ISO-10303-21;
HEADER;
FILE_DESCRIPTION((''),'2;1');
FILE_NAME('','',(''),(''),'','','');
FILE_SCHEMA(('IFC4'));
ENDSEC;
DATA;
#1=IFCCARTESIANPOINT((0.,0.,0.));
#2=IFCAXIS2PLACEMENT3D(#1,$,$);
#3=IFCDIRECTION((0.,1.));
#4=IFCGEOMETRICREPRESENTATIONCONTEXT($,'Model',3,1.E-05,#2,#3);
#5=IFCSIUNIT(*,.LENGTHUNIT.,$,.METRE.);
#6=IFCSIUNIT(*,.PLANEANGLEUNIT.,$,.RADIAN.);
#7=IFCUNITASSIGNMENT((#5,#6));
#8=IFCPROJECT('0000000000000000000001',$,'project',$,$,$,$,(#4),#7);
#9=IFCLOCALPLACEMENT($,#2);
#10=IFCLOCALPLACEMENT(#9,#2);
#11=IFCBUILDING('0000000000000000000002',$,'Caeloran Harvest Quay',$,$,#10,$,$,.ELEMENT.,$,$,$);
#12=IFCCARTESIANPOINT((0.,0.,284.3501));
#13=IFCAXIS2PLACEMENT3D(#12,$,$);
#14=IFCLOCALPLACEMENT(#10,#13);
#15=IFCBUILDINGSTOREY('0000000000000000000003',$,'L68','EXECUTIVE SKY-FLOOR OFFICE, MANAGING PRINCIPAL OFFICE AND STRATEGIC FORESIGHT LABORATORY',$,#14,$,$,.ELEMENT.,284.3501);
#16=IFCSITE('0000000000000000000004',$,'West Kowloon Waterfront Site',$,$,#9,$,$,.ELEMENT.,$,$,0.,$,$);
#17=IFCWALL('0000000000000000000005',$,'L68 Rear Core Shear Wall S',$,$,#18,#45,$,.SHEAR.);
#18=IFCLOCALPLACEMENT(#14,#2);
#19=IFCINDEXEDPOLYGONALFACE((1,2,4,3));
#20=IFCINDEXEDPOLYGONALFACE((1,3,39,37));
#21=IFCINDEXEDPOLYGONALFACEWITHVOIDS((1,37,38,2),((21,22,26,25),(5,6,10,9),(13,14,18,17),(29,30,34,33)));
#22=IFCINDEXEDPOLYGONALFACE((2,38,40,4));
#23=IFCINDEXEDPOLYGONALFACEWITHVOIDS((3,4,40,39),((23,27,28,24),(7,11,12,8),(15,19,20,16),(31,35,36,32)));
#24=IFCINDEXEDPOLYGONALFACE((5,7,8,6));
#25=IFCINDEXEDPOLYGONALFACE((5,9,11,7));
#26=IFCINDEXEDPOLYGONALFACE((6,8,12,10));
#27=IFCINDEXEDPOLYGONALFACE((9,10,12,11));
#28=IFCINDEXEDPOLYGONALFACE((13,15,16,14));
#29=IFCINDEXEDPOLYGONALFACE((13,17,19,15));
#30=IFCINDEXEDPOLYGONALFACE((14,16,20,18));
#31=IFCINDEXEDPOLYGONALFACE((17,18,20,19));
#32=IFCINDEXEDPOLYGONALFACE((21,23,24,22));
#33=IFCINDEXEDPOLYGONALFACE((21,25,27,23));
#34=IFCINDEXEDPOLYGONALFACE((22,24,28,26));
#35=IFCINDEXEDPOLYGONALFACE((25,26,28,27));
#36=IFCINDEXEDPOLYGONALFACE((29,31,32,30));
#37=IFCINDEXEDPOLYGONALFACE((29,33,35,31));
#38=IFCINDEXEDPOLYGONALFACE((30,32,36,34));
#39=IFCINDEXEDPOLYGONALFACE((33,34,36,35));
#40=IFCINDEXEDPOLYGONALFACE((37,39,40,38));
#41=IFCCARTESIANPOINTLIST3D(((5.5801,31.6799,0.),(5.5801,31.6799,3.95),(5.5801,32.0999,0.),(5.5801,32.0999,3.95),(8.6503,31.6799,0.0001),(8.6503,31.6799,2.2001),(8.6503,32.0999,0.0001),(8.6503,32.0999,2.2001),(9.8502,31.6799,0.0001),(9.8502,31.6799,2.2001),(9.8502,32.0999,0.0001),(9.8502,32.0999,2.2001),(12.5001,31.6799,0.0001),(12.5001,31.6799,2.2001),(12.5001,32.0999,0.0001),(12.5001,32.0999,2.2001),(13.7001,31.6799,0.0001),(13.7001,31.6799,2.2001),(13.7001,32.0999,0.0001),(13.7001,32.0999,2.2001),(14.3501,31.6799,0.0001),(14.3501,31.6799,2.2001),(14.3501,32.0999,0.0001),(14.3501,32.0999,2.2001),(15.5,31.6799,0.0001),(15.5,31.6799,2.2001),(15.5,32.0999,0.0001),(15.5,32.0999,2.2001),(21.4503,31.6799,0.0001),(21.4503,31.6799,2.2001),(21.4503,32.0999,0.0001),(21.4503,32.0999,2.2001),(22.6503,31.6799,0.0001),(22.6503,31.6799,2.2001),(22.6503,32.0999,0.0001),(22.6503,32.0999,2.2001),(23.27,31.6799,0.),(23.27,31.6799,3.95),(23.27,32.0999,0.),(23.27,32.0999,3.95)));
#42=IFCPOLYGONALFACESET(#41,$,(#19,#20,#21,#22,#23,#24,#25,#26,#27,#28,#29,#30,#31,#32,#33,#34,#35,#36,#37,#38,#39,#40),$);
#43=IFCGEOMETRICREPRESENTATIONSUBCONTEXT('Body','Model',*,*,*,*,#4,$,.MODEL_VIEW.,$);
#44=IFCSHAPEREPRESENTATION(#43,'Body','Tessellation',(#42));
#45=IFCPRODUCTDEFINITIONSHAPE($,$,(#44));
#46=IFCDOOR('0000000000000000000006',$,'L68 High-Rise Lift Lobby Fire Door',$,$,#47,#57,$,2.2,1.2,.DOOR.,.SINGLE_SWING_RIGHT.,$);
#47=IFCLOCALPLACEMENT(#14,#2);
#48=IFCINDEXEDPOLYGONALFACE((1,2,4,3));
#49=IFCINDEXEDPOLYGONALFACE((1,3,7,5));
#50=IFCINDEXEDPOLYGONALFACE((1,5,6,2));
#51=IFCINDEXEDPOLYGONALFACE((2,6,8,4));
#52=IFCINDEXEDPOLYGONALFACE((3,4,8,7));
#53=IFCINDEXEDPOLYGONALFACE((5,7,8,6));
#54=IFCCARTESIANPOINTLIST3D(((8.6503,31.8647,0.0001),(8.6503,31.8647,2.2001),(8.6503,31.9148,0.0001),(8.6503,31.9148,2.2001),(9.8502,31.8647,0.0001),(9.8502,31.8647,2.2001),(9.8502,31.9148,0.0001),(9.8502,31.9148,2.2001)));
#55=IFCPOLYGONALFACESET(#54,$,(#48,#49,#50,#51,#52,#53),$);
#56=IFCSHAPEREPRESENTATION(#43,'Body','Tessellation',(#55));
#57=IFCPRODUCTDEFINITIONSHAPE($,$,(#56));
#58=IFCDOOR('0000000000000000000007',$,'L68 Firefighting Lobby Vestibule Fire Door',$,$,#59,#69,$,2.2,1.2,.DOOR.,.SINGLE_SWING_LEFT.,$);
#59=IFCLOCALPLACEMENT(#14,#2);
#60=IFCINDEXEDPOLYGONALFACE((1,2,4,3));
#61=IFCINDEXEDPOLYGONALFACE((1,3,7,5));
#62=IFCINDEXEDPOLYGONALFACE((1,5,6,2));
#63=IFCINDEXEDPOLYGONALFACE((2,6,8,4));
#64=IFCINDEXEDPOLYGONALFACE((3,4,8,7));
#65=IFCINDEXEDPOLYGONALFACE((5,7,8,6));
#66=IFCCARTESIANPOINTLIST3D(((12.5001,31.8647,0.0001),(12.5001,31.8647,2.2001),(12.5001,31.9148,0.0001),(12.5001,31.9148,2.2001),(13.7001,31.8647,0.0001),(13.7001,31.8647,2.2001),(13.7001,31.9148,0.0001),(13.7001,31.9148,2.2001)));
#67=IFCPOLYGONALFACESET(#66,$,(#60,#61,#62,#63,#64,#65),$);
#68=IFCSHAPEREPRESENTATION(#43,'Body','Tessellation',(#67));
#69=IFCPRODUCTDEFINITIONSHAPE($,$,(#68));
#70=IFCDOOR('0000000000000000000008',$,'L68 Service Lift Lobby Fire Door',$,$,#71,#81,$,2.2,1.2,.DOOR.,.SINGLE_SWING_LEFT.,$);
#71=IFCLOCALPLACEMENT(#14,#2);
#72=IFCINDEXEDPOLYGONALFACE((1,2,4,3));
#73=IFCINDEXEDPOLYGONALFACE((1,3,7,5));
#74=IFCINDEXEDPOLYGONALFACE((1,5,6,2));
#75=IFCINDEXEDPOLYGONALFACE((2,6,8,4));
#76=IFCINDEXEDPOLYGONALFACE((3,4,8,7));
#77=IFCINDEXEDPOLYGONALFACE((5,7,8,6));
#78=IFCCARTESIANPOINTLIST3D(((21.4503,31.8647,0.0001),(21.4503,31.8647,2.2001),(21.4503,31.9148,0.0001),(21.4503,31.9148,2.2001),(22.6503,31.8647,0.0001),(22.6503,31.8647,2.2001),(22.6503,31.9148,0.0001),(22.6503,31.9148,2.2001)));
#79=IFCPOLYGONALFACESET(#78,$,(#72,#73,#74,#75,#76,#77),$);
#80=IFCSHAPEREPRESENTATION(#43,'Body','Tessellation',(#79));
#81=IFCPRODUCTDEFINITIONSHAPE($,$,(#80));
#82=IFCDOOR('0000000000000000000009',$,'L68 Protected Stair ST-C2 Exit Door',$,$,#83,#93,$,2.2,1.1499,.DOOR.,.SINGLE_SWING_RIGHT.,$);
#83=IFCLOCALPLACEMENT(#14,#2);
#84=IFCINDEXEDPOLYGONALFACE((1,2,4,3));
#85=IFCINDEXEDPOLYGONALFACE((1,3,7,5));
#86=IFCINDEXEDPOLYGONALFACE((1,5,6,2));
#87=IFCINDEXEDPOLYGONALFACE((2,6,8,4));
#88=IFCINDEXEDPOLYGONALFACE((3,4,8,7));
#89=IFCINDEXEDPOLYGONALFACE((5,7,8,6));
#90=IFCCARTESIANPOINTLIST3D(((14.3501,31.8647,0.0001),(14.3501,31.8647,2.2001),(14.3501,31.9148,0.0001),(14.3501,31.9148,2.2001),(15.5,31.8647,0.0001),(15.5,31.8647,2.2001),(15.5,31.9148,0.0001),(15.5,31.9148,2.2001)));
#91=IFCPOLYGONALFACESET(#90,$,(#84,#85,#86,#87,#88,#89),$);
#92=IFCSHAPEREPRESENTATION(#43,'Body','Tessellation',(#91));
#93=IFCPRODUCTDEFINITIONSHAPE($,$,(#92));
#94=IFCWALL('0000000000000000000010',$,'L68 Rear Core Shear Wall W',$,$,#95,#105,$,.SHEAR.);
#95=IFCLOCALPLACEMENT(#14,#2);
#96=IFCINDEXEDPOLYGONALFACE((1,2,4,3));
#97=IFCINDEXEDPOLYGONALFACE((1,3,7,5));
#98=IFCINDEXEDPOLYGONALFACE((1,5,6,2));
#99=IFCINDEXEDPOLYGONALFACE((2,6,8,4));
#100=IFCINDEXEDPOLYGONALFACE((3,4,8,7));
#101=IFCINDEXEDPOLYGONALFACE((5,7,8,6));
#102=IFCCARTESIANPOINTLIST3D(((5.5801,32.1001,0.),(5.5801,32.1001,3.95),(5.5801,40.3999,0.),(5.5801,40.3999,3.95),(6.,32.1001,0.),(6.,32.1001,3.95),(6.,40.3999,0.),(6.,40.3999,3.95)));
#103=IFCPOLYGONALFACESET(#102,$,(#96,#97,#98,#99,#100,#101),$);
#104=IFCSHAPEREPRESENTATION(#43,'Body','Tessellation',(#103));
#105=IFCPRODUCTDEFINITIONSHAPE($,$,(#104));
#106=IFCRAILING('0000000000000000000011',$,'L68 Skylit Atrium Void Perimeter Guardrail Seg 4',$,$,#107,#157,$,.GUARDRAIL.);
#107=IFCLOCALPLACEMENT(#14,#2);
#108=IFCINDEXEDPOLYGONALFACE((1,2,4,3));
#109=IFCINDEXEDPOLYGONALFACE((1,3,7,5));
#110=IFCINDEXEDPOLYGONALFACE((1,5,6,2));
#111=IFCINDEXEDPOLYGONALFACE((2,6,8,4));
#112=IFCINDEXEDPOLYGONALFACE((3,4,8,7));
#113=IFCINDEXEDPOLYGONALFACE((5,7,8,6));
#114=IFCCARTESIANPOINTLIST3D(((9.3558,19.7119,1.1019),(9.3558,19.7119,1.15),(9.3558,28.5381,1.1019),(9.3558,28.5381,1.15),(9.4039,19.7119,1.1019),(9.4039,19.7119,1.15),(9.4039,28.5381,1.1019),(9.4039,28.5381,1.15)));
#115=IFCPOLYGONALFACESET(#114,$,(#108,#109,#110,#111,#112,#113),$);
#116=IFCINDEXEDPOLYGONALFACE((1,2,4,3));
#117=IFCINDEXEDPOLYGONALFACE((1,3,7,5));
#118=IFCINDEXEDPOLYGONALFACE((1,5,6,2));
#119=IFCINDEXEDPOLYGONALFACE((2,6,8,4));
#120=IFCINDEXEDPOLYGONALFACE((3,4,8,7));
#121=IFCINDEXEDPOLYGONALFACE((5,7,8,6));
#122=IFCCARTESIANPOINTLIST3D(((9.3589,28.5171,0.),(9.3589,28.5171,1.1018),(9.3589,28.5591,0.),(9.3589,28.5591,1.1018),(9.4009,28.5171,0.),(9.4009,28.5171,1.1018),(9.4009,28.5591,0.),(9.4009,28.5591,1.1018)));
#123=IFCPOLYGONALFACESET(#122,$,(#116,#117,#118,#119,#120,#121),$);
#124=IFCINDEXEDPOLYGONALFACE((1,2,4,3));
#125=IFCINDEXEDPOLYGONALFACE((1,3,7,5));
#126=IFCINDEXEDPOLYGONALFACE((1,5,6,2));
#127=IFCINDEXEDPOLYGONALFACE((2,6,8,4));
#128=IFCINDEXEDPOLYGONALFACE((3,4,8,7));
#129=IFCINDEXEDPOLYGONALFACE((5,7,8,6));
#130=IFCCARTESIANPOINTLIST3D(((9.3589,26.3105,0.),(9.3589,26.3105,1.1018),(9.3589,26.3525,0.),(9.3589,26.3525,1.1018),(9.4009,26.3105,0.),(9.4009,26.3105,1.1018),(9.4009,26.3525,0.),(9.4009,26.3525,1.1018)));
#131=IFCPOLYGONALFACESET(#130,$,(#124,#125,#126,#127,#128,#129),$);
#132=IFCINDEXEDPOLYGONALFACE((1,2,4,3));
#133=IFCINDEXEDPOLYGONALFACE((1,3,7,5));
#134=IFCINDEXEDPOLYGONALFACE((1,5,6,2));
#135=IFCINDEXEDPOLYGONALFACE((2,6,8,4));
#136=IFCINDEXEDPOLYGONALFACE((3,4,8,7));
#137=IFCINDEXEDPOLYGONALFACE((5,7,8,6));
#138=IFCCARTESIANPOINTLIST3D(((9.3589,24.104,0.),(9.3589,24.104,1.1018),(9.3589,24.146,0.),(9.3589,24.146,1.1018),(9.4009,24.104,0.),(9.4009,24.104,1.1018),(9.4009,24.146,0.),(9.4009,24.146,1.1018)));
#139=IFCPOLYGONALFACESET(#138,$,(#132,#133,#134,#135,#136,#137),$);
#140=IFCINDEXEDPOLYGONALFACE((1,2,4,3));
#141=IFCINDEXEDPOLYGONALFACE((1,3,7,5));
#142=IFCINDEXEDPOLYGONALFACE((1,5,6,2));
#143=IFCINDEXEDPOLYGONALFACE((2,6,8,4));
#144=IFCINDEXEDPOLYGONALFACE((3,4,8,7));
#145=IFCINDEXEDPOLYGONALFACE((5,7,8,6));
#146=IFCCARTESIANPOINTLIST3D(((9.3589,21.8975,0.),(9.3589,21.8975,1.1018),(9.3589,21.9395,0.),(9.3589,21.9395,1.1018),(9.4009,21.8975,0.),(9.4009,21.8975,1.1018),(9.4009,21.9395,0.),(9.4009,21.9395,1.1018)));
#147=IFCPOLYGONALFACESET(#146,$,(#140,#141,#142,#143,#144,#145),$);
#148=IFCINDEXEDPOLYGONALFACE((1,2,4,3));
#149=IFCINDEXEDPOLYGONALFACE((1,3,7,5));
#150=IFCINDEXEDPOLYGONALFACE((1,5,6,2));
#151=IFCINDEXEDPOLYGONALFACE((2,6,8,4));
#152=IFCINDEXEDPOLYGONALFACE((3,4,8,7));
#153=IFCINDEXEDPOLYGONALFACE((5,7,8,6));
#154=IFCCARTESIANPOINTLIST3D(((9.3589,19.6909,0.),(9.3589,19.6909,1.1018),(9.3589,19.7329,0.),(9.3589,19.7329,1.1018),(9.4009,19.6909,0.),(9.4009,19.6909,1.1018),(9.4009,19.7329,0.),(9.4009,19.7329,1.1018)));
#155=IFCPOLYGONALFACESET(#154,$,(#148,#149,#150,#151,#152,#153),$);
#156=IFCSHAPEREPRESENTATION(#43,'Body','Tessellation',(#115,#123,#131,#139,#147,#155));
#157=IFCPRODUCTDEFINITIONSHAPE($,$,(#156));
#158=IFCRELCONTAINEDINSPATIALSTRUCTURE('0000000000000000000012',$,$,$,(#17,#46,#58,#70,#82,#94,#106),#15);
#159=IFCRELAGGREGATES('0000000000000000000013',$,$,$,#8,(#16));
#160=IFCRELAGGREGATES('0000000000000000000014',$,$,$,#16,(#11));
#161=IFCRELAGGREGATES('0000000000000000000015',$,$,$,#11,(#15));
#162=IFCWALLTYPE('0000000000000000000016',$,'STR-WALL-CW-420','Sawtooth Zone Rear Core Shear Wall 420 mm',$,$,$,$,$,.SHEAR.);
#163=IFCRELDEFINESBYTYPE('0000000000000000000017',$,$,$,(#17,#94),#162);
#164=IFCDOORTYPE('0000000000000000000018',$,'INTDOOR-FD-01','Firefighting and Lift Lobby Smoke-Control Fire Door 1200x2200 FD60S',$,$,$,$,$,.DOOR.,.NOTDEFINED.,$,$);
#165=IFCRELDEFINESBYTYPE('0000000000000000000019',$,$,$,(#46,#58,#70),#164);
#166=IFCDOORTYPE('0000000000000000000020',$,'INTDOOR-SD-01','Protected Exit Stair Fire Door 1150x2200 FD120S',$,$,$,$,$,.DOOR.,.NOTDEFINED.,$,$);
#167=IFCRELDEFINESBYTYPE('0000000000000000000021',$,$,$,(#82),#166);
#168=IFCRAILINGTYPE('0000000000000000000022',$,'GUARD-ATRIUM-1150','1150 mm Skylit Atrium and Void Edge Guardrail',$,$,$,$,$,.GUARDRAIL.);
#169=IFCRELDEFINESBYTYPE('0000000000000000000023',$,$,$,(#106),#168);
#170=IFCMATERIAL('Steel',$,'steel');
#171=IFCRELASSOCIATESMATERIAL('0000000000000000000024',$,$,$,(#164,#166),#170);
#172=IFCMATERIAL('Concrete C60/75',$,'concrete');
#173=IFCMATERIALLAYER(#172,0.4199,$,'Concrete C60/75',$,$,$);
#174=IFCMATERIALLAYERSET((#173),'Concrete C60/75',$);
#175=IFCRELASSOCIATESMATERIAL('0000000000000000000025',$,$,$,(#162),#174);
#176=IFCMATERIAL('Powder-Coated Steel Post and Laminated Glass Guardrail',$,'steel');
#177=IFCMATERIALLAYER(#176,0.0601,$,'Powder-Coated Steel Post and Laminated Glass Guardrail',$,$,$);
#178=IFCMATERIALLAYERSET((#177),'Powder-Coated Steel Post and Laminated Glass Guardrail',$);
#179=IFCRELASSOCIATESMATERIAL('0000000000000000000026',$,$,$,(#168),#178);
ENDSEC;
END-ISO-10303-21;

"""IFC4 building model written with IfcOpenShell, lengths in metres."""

from ifc_helpers import new_model, si_unit, direction, frame, frame_2d, origin, origin_2d, place, context, subcontext, project, spatial, rectangle, extrude, material, layer, layer_set, type_object, element, fill, save


model = new_model("IFC4")

# Units and contexts
model_context = context("Model", 3, precision=1e-05, world=origin(), true_north=direction((0.0, 1.0)))
body_context = subcontext(model_context, "Body", "Model", "MODEL_VIEW")
ifc_project = project(units=[si_unit("LENGTHUNIT", "METRE"), si_unit("PLANEANGLEUNIT", "RADIAN")], contexts=[model_context])

# Site, building, storey
site_placement = place(None, origin())
site = spatial("IfcSite", under=ifc_project, at=site_placement, Name="West Kowloon Waterfront Site", CompositionType="ELEMENT", RefElevation=0.0)
building_placement = place(site_placement, origin())
building = spatial("IfcBuilding", under=site, at=building_placement, Name="Caeloran Harvest Quay", CompositionType="ELEMENT")
storey_placement = place(building_placement, frame((0.0, 0.0, 284.3501)))
storey = spatial("IfcBuildingStorey", under=building, at=storey_placement, Name="L68", Description="EXECUTIVE SKY-FLOOR OFFICE, MANAGING PRINCIPAL OFFICE AND STRATEGIC FORESIGHT LABORATORY", CompositionType="ELEMENT", Elevation=284.3501)

# Shared definitions
ifc_material_1 = material(Name="Concrete C60/75", Category="concrete")

# Shared definitions
ifc_material_2 = material(Name="Steel", Category="steel")
door_type_1 = type_object("IfcDoorType", Name="INTDOOR-FD-01", Description="Firefighting and Lift Lobby Smoke-Control Fire Door 1200x2200 FD60S", OperationType="NOTDEFINED", PredefinedType="DOOR", material=ifc_material_2)

# Wall, openings, doors
ifc_layer_1 = layer(ifc_material_1, 0.4199, Name="Concrete C60/75")
ifc_layer_set_1 = layer_set([ifc_layer_1], Name="Concrete C60/75")
wall_type_1 = type_object("IfcWallType", Name="STR-WALL-CW-420", Description="Sawtooth Zone Rear Core Shear Wall 420 mm", PredefinedType="SHEAR", material=ifc_layer_set_1)
wall_1_placement = place(storey_placement, frame((5.5801, 31.8899, 0.0), z_axis=(0.0, 0.0, 1.0), x_axis=(1.0, 0.0, 0.0)))
wall_1 = element("IfcWall", 1, at=wall_1_placement, inside=storey, type_object=wall_type_1, Name="L68 Rear Core Shear Wall S", PredefinedType="SHEAR", context=body_context, shape_type="SweptSolid", body=[
    extrude(rectangle(XDim=17.6899, YDim=0.4199, at=frame_2d((8.845, 0.0))), origin(), (0.0, 0.0, 1.0), 3.95),
])
opening_1_placement = place(wall_1_placement, frame((3.0701, 0.0, 0.0)))
opening_1 = element("IfcOpeningElement", 2, at=opening_1_placement, cuts=wall_1, PredefinedType="OPENING", context=body_context, shape_type="SweptSolid", body=[
    extrude(rectangle(XDim=1.2, YDim=2.2, at=frame_2d((0.6001, 1.1001))), frame((0.0, 0.22, 0.0), z_axis=(0.0, -1.0, 0.0), x_axis=(1.0, 0.0, 0.0)), (0.0, 0.0, 1.0), 0.4399),
])
opening_2_placement = place(wall_1_placement, frame((6.9199, 0.0, 0.0)))
opening_2 = element("IfcOpeningElement", 3, at=opening_2_placement, cuts=wall_1, PredefinedType="OPENING", context=body_context, shape_type="SweptSolid", body=[
    extrude(rectangle(XDim=1.2, YDim=2.2, at=frame_2d((0.6001, 1.1001))), frame((0.0, 0.22, 0.0), z_axis=(0.0, -1.0, 0.0), x_axis=(1.0, 0.0, 0.0)), (0.0, 0.0, 1.0), 0.4399),
])
opening_3_placement = place(wall_1_placement, frame((8.77, 0.0, 0.0)))
opening_3 = element("IfcOpeningElement", 4, at=opening_3_placement, cuts=wall_1, PredefinedType="OPENING", context=body_context, shape_type="SweptSolid", body=[
    extrude(rectangle(XDim=1.1499, YDim=2.2, at=frame_2d((0.575, 1.1001))), frame((0.0, 0.22, 0.0), z_axis=(0.0, -1.0, 0.0), x_axis=(1.0, 0.0, 0.0)), (0.0, 0.0, 1.0), 0.4399),
])
opening_4_placement = place(wall_1_placement, frame((15.8701, 0.0, 0.0)))
opening_4 = element("IfcOpeningElement", 5, at=opening_4_placement, cuts=wall_1, PredefinedType="OPENING", context=body_context, shape_type="SweptSolid", body=[
    extrude(rectangle(XDim=1.2, YDim=2.2, at=frame_2d((0.6001, 1.1001))), frame((0.0, 0.22, 0.0), z_axis=(0.0, -1.0, 0.0), x_axis=(1.0, 0.0, 0.0)), (0.0, 0.0, 1.0), 0.4399),
])
door_1_placement = place(opening_1_placement, origin())
door_1 = element("IfcDoor", 6, at=door_1_placement, inside=storey, type_object=door_type_1, Name="L68 High-Rise Lift Lobby Fire Door", OperationType="SINGLE_SWING_RIGHT", OverallHeight=2.2, OverallWidth=1.2, PredefinedType="DOOR", context=body_context, shape_type="SweptSolid", body=[
    extrude(rectangle(XDim=1.2, YDim=2.2, at=frame_2d((0.6001, 1.1001))), frame((0.0, 0.0249, 0.0), z_axis=(0.0, -1.0, 0.0), x_axis=(1.0, 0.0, 0.0)), (0.0, 0.0, 1.0), 0.05),
])
fill(opening_1, door_1)
door_2_placement = place(opening_2_placement, origin())
door_2 = element("IfcDoor", 7, at=door_2_placement, inside=storey, type_object=door_type_1, Name="L68 Firefighting Lobby Vestibule Fire Door", OperationType="SINGLE_SWING_LEFT", OverallHeight=2.2, OverallWidth=1.2, PredefinedType="DOOR", context=body_context, shape_type="SweptSolid", body=[
    extrude(rectangle(XDim=1.2, YDim=2.2, at=frame_2d((0.6001, 1.1001))), frame((0.0, 0.0249, 0.0), z_axis=(0.0, -1.0, 0.0), x_axis=(1.0, 0.0, 0.0)), (0.0, 0.0, 1.0), 0.05),
])
fill(opening_2, door_2)
door_3_placement = place(opening_4_placement, origin())
door_3 = element("IfcDoor", 8, at=door_3_placement, inside=storey, type_object=door_type_1, Name="L68 Service Lift Lobby Fire Door", OperationType="SINGLE_SWING_LEFT", OverallHeight=2.2, OverallWidth=1.2, PredefinedType="DOOR", context=body_context, shape_type="SweptSolid", body=[
    extrude(rectangle(XDim=1.2, YDim=2.2, at=frame_2d((0.6001, 1.1001))), frame((0.0, 0.0249, 0.0), z_axis=(0.0, -1.0, 0.0), x_axis=(1.0, 0.0, 0.0)), (0.0, 0.0, 1.0), 0.05),
])
fill(opening_4, door_3)
door_type_2 = type_object("IfcDoorType", Name="INTDOOR-SD-01", Description="Protected Exit Stair Fire Door 1150x2200 FD120S", OperationType="NOTDEFINED", PredefinedType="DOOR", material=ifc_material_2)
door_4_placement = place(opening_3_placement, origin())
door_4 = element("IfcDoor", 9, at=door_4_placement, inside=storey, type_object=door_type_2, Name="L68 Protected Stair ST-C2 Exit Door", OperationType="SINGLE_SWING_RIGHT", OverallHeight=2.2, OverallWidth=1.1499, PredefinedType="DOOR", context=body_context, shape_type="SweptSolid", body=[
    extrude(rectangle(XDim=1.1499, YDim=2.2, at=frame_2d((0.575, 1.1001))), frame((0.0, 0.0249, 0.0), z_axis=(0.0, -1.0, 0.0), x_axis=(1.0, 0.0, 0.0)), (0.0, 0.0, 1.0), 0.05),
])
fill(opening_3, door_4)

# Wall
wall_2_placement = place(storey_placement, frame((5.79, 32.1001, 0.0), z_axis=(0.0, 0.0, 1.0), x_axis=(0.0, 1.0, 0.0)))
element("IfcWall", 10, at=wall_2_placement, inside=storey, type_object=wall_type_1, Name="L68 Rear Core Shear Wall W", PredefinedType="SHEAR", context=body_context, shape_type="SweptSolid", body=[
    extrude(rectangle(XDim=8.2998, YDim=0.4199, at=frame_2d((4.1499, 0.0))), origin(), (0.0, 0.0, 1.0), 3.95),
])

# Railing
ifc_material_3 = material(Name="Powder-Coated Steel Post and Laminated Glass Guardrail", Category="steel")
ifc_layer_2 = layer(ifc_material_3, 0.0601, Name="Powder-Coated Steel Post and Laminated Glass Guardrail")
ifc_layer_set_2 = layer_set([ifc_layer_2], Name="Powder-Coated Steel Post and Laminated Glass Guardrail")
railing_type = type_object("IfcRailingType", Name="GUARD-ATRIUM-1150", Description="1150 mm Skylit Atrium and Void Edge Guardrail", PredefinedType="GUARDRAIL", material=ifc_layer_set_2)
railing_placement = place(storey_placement, frame((9.3799, 28.5381, 0.0)))
element("IfcRailing", 11, at=railing_placement, inside=storey, type_object=railing_type, Name="L68 Skylit Atrium Void Perimeter Guardrail Seg 4", PredefinedType="GUARDRAIL", context=body_context, shape_type="SweptSolid", body=[
    extrude(rectangle(XDim=0.0481, YDim=0.0481, at=origin_2d()), frame((0.0, 0.0, 1.126), z_axis=(0.0, -1.0, 0.0), x_axis=(1.0, 0.0, 0.0)), (0.0, 0.0, 1.0), 8.8262),
    extrude(rectangle(XDim=0.042, YDim=0.042, at=origin_2d()), origin(), (0.0, 0.0, 1.0), 1.1018),
    extrude(rectangle(XDim=0.042, YDim=0.042, at=origin_2d()), frame((0.0, -2.2065, 0.0)), (0.0, 0.0, 1.0), 1.1018),
    extrude(rectangle(XDim=0.042, YDim=0.042, at=origin_2d()), frame((0.0, -4.4131, 0.0)), (0.0, 0.0, 1.0), 1.1018),
    extrude(rectangle(XDim=0.042, YDim=0.042, at=origin_2d()), frame((0.0, -6.6196, 0.0)), (0.0, 0.0, 1.0), 1.1018),
    extrude(rectangle(XDim=0.042, YDim=0.042, at=origin_2d()), frame((0.0, -8.8262, 0.0)), (0.0, 0.0, 1.0), 1.1018),
])

save(model, "model.ifc")
